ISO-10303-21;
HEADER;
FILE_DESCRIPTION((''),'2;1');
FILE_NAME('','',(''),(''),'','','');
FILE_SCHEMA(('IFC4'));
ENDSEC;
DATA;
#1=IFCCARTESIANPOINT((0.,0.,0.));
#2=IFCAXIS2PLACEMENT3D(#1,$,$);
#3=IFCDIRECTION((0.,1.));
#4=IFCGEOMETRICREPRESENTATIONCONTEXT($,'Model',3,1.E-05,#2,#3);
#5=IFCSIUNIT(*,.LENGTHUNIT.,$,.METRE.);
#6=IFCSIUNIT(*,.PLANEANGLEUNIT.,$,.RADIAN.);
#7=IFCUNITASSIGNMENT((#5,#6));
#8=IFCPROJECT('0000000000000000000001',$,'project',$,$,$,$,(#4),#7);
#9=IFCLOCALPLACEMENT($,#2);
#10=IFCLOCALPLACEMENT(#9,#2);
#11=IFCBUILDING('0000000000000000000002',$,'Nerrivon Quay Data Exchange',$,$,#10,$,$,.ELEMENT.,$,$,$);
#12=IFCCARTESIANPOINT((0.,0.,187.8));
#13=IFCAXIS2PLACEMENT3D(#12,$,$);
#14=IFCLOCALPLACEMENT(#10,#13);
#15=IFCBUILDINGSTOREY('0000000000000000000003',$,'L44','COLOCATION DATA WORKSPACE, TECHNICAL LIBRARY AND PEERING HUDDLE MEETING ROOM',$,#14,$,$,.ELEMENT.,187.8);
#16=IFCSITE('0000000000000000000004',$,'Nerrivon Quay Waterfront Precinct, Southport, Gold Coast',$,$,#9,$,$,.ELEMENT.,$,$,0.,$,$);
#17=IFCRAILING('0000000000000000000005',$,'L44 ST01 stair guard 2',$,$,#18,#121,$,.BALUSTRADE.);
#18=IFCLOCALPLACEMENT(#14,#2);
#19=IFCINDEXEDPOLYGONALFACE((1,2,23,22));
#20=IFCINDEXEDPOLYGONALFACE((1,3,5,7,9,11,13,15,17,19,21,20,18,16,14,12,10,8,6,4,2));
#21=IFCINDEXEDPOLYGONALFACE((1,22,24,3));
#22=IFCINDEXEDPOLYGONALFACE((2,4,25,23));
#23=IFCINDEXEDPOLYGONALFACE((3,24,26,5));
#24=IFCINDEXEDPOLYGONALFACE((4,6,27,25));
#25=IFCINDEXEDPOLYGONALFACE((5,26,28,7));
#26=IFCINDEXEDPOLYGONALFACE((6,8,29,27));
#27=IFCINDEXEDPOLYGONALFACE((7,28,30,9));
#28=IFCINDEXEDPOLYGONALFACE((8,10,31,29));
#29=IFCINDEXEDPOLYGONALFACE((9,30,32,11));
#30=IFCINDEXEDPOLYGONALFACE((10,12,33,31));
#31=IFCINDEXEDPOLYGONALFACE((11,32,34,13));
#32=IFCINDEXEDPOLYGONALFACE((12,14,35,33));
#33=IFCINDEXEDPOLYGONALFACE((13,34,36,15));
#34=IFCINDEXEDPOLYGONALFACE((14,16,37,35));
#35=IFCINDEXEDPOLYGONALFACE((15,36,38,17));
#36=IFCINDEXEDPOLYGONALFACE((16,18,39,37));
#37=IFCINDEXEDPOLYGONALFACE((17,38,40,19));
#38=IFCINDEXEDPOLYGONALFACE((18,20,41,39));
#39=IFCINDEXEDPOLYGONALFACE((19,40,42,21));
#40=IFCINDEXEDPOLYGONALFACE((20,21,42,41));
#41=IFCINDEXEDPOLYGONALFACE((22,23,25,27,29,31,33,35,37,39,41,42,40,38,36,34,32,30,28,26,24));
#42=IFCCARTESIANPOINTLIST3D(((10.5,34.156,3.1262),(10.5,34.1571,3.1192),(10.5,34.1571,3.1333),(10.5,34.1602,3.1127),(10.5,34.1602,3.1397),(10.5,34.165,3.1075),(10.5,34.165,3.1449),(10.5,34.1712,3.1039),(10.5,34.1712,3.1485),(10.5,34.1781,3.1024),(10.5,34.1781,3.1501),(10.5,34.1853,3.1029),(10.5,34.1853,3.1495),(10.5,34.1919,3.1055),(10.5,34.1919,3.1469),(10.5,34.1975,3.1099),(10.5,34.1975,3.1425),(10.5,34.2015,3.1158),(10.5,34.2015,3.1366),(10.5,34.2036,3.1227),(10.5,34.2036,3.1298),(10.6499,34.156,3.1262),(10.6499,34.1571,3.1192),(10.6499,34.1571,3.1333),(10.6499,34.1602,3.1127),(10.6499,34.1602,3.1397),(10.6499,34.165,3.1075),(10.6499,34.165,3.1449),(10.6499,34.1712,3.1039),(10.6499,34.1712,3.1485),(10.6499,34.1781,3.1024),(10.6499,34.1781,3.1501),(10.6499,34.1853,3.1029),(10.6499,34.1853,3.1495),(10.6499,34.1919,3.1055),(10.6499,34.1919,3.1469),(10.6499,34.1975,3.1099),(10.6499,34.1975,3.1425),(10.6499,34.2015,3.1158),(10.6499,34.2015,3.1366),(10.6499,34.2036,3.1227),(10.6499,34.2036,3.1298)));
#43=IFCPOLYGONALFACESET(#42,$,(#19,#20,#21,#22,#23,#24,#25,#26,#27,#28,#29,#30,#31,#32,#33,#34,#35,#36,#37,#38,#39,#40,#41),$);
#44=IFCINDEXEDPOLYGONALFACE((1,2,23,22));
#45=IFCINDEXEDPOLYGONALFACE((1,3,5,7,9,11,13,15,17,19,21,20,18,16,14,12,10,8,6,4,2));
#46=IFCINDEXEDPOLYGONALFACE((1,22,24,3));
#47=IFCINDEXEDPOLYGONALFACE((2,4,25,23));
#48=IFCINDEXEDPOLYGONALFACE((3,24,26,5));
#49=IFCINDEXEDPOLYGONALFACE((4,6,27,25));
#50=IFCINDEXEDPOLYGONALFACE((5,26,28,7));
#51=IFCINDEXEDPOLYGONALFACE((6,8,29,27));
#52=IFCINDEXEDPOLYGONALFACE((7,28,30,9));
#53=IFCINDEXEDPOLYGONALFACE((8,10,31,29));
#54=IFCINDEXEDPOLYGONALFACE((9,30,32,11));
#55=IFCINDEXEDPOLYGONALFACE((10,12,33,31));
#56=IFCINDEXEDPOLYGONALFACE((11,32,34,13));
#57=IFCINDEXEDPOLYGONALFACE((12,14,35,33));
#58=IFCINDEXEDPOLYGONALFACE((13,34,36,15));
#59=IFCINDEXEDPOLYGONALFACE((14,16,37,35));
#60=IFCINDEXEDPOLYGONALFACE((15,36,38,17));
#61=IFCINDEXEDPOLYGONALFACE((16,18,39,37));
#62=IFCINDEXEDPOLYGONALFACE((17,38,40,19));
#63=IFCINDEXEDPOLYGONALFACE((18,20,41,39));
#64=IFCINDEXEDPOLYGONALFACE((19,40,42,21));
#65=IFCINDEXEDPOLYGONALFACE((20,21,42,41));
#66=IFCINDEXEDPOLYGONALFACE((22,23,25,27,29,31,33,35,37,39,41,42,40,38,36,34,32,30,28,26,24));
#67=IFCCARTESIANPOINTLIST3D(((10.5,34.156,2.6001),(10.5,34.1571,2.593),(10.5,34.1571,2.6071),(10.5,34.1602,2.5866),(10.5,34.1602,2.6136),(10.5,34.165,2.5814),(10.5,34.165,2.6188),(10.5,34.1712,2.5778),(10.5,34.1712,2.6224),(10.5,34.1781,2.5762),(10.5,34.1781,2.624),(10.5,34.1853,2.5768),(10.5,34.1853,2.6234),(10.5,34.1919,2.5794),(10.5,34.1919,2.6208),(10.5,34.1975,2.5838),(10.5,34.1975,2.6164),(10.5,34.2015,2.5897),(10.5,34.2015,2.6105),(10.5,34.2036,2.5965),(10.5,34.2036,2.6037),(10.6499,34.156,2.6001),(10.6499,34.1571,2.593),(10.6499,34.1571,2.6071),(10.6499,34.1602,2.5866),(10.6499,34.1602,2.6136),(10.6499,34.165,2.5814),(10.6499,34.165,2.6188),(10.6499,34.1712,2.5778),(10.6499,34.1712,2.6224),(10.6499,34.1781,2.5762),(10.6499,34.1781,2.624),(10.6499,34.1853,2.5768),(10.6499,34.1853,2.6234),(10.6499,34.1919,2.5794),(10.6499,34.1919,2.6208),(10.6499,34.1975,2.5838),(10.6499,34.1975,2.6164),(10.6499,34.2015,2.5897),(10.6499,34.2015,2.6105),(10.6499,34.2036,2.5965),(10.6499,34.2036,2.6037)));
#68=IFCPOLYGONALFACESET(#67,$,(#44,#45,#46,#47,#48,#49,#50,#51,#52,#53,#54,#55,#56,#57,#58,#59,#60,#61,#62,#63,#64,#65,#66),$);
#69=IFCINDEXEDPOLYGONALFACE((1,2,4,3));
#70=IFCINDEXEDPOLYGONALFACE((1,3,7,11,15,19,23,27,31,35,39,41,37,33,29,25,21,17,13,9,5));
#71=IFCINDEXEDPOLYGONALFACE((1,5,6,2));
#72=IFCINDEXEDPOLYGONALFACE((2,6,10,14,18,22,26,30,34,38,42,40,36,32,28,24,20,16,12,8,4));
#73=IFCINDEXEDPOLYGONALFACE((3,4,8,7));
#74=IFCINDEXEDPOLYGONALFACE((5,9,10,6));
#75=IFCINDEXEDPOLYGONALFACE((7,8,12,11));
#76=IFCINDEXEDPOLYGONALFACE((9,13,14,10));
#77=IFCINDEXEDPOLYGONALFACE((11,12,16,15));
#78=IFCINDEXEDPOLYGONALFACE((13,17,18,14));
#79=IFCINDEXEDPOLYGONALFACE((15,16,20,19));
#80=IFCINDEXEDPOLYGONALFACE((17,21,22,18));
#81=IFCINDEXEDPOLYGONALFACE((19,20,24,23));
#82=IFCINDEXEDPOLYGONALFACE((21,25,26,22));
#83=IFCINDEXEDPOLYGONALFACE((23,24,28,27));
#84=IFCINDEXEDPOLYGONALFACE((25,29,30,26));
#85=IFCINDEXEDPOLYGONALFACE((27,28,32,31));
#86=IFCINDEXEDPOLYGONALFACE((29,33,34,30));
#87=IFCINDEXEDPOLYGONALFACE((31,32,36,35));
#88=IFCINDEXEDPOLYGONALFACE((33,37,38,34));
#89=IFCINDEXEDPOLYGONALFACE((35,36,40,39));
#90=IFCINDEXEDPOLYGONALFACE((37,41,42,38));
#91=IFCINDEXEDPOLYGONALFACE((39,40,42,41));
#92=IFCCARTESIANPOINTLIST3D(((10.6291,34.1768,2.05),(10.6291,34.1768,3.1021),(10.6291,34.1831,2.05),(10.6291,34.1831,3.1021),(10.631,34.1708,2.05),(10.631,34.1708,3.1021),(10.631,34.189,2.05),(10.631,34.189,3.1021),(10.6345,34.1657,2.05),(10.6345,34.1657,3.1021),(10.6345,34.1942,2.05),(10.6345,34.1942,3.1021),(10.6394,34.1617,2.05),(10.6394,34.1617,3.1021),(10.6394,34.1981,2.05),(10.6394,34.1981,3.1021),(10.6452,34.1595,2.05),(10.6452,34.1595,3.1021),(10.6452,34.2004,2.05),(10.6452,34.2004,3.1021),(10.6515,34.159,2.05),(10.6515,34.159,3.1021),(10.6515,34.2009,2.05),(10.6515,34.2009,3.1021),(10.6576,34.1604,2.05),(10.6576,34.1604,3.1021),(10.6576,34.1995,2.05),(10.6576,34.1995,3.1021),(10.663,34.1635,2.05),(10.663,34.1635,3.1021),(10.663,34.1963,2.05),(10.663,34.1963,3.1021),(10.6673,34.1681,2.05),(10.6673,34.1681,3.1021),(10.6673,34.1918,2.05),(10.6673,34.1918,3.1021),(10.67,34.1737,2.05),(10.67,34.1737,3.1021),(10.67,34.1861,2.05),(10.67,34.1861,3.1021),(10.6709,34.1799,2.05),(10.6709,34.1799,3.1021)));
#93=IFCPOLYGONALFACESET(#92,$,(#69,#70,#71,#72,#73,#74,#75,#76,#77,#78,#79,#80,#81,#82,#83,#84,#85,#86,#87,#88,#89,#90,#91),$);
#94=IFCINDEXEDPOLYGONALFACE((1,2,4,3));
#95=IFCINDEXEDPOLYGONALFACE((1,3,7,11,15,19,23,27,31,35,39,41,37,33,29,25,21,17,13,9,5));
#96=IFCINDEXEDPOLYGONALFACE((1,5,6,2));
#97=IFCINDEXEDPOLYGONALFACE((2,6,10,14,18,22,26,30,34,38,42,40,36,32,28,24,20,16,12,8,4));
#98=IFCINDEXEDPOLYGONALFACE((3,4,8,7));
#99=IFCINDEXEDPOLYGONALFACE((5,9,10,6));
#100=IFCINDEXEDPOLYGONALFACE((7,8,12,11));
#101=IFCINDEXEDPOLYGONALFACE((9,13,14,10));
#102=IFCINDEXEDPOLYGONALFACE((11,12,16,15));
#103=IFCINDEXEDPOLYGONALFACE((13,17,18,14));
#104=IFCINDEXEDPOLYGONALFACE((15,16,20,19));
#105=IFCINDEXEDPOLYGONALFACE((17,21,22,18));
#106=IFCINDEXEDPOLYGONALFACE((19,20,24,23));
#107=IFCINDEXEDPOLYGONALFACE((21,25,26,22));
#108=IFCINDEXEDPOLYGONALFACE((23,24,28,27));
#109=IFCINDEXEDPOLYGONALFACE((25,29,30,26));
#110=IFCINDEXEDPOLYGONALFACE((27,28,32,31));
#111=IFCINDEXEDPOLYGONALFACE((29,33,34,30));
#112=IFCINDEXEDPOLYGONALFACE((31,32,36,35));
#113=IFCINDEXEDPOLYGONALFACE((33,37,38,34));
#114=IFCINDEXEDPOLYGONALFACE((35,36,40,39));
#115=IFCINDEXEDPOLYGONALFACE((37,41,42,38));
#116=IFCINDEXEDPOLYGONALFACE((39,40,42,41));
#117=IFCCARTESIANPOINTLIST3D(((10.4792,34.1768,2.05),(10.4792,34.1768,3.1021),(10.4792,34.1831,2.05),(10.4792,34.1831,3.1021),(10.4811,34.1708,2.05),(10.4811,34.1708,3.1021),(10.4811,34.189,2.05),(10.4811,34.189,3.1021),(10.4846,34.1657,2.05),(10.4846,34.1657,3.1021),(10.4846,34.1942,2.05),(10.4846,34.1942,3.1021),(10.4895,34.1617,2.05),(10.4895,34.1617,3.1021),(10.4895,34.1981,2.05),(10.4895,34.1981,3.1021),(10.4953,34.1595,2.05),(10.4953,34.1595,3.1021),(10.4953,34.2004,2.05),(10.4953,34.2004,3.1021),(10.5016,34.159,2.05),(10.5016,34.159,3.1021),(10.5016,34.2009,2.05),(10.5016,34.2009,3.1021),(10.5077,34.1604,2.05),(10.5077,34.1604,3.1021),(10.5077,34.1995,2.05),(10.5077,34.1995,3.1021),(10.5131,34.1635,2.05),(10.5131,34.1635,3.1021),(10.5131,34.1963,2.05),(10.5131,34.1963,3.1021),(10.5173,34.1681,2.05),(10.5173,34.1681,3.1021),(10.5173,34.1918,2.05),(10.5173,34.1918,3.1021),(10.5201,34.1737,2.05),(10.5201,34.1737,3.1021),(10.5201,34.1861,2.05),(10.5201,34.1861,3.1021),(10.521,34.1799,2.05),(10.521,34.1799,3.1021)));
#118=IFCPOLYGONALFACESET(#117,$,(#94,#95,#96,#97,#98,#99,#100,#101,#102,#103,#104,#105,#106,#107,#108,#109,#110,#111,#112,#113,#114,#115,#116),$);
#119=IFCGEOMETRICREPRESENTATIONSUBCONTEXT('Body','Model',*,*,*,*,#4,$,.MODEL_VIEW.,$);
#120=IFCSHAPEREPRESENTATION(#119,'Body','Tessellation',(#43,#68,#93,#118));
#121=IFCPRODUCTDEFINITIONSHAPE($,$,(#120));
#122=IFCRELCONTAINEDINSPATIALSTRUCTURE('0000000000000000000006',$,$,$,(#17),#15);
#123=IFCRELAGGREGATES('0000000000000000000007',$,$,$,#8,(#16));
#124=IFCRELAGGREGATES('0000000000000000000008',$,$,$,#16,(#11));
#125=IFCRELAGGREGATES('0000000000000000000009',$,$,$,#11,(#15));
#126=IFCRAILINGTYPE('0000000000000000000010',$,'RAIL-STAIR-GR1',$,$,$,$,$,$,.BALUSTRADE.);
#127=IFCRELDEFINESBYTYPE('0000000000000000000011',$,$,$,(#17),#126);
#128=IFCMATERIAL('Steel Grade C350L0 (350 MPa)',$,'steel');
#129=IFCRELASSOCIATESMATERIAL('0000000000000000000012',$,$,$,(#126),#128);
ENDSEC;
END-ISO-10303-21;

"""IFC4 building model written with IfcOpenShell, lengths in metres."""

from ifc_helpers import new_model, si_unit, direction, frame, origin, origin_2d, place, context, subcontext, project, spatial, circle, extrude, material, type_object, element, save


model = new_model("IFC4")

# Units and contexts
model_context = context("Model", 3, precision=1e-05, world=origin(), true_north=direction((0.0, 1.0)))
body_context = subcontext(model_context, "Body", "Model", "MODEL_VIEW")
ifc_project = project(units=[si_unit("LENGTHUNIT", "METRE"), si_unit("PLANEANGLEUNIT", "RADIAN")], contexts=[model_context])

# Site, building, storey
site_placement = place(None, origin())
site = spatial("IfcSite", under=ifc_project, at=site_placement, Name="Nerrivon Quay Waterfront Precinct, Southport, Gold Coast", CompositionType="ELEMENT", RefElevation=0.0)
building_placement = place(site_placement, origin())
building = spatial("IfcBuilding", under=site, at=building_placement, Name="Nerrivon Quay Data Exchange", CompositionType="ELEMENT")
storey_placement = place(building_placement, frame((0.0, 0.0, 187.8)))
storey = spatial("IfcBuildingStorey", under=building, at=storey_placement, Name="L44", Description="COLOCATION DATA WORKSPACE, TECHNICAL LIBRARY AND PEERING HUDDLE MEETING ROOM", CompositionType="ELEMENT", Elevation=187.8)

# Shared definitions
ifc_material_1 = material(Name="Steel Grade C350L0 (350 MPa)", Category="steel")

# Railing
railing_type = type_object("IfcRailingType", Name="RAIL-STAIR-GR1", PredefinedType="BALUSTRADE", material=ifc_material_1)
railing_1_placement = place(storey_placement, frame((10.6499, 34.1799, 2.05)))
element("IfcRailing", 1, at=railing_1_placement, inside=storey, type_object=railing_type, Name="L44 ST01 stair guard 2", PredefinedType="BALUSTRADE", context=body_context, shape_type="SweptSolid", body=[
    extrude(circle(Radius=0.0239, at=origin_2d()), frame((0.0, 0.0, 1.0762), z_axis=(-1.0, 0.0, 0.0), x_axis=(0.0, -1.0, 0.0)), (0.0, 0.0, 1.0), 0.1499),
    extrude(circle(Radius=0.0239, at=origin_2d()), frame((0.0, 0.0, 0.55), z_axis=(-1.0, 0.0, 0.0), x_axis=(0.0, -1.0, 0.0)), (0.0, 0.0, 1.0), 0.1499),
    extrude(circle(Radius=0.021, at=origin_2d()), origin(), (0.0, 0.0, 1.0), 1.052),
    extrude(circle(Radius=0.021, at=origin_2d()), frame((-0.1499, 0.0, 0.0)), (0.0, 0.0, 1.0), 1.052),
])

save(model, "model.ifc")
